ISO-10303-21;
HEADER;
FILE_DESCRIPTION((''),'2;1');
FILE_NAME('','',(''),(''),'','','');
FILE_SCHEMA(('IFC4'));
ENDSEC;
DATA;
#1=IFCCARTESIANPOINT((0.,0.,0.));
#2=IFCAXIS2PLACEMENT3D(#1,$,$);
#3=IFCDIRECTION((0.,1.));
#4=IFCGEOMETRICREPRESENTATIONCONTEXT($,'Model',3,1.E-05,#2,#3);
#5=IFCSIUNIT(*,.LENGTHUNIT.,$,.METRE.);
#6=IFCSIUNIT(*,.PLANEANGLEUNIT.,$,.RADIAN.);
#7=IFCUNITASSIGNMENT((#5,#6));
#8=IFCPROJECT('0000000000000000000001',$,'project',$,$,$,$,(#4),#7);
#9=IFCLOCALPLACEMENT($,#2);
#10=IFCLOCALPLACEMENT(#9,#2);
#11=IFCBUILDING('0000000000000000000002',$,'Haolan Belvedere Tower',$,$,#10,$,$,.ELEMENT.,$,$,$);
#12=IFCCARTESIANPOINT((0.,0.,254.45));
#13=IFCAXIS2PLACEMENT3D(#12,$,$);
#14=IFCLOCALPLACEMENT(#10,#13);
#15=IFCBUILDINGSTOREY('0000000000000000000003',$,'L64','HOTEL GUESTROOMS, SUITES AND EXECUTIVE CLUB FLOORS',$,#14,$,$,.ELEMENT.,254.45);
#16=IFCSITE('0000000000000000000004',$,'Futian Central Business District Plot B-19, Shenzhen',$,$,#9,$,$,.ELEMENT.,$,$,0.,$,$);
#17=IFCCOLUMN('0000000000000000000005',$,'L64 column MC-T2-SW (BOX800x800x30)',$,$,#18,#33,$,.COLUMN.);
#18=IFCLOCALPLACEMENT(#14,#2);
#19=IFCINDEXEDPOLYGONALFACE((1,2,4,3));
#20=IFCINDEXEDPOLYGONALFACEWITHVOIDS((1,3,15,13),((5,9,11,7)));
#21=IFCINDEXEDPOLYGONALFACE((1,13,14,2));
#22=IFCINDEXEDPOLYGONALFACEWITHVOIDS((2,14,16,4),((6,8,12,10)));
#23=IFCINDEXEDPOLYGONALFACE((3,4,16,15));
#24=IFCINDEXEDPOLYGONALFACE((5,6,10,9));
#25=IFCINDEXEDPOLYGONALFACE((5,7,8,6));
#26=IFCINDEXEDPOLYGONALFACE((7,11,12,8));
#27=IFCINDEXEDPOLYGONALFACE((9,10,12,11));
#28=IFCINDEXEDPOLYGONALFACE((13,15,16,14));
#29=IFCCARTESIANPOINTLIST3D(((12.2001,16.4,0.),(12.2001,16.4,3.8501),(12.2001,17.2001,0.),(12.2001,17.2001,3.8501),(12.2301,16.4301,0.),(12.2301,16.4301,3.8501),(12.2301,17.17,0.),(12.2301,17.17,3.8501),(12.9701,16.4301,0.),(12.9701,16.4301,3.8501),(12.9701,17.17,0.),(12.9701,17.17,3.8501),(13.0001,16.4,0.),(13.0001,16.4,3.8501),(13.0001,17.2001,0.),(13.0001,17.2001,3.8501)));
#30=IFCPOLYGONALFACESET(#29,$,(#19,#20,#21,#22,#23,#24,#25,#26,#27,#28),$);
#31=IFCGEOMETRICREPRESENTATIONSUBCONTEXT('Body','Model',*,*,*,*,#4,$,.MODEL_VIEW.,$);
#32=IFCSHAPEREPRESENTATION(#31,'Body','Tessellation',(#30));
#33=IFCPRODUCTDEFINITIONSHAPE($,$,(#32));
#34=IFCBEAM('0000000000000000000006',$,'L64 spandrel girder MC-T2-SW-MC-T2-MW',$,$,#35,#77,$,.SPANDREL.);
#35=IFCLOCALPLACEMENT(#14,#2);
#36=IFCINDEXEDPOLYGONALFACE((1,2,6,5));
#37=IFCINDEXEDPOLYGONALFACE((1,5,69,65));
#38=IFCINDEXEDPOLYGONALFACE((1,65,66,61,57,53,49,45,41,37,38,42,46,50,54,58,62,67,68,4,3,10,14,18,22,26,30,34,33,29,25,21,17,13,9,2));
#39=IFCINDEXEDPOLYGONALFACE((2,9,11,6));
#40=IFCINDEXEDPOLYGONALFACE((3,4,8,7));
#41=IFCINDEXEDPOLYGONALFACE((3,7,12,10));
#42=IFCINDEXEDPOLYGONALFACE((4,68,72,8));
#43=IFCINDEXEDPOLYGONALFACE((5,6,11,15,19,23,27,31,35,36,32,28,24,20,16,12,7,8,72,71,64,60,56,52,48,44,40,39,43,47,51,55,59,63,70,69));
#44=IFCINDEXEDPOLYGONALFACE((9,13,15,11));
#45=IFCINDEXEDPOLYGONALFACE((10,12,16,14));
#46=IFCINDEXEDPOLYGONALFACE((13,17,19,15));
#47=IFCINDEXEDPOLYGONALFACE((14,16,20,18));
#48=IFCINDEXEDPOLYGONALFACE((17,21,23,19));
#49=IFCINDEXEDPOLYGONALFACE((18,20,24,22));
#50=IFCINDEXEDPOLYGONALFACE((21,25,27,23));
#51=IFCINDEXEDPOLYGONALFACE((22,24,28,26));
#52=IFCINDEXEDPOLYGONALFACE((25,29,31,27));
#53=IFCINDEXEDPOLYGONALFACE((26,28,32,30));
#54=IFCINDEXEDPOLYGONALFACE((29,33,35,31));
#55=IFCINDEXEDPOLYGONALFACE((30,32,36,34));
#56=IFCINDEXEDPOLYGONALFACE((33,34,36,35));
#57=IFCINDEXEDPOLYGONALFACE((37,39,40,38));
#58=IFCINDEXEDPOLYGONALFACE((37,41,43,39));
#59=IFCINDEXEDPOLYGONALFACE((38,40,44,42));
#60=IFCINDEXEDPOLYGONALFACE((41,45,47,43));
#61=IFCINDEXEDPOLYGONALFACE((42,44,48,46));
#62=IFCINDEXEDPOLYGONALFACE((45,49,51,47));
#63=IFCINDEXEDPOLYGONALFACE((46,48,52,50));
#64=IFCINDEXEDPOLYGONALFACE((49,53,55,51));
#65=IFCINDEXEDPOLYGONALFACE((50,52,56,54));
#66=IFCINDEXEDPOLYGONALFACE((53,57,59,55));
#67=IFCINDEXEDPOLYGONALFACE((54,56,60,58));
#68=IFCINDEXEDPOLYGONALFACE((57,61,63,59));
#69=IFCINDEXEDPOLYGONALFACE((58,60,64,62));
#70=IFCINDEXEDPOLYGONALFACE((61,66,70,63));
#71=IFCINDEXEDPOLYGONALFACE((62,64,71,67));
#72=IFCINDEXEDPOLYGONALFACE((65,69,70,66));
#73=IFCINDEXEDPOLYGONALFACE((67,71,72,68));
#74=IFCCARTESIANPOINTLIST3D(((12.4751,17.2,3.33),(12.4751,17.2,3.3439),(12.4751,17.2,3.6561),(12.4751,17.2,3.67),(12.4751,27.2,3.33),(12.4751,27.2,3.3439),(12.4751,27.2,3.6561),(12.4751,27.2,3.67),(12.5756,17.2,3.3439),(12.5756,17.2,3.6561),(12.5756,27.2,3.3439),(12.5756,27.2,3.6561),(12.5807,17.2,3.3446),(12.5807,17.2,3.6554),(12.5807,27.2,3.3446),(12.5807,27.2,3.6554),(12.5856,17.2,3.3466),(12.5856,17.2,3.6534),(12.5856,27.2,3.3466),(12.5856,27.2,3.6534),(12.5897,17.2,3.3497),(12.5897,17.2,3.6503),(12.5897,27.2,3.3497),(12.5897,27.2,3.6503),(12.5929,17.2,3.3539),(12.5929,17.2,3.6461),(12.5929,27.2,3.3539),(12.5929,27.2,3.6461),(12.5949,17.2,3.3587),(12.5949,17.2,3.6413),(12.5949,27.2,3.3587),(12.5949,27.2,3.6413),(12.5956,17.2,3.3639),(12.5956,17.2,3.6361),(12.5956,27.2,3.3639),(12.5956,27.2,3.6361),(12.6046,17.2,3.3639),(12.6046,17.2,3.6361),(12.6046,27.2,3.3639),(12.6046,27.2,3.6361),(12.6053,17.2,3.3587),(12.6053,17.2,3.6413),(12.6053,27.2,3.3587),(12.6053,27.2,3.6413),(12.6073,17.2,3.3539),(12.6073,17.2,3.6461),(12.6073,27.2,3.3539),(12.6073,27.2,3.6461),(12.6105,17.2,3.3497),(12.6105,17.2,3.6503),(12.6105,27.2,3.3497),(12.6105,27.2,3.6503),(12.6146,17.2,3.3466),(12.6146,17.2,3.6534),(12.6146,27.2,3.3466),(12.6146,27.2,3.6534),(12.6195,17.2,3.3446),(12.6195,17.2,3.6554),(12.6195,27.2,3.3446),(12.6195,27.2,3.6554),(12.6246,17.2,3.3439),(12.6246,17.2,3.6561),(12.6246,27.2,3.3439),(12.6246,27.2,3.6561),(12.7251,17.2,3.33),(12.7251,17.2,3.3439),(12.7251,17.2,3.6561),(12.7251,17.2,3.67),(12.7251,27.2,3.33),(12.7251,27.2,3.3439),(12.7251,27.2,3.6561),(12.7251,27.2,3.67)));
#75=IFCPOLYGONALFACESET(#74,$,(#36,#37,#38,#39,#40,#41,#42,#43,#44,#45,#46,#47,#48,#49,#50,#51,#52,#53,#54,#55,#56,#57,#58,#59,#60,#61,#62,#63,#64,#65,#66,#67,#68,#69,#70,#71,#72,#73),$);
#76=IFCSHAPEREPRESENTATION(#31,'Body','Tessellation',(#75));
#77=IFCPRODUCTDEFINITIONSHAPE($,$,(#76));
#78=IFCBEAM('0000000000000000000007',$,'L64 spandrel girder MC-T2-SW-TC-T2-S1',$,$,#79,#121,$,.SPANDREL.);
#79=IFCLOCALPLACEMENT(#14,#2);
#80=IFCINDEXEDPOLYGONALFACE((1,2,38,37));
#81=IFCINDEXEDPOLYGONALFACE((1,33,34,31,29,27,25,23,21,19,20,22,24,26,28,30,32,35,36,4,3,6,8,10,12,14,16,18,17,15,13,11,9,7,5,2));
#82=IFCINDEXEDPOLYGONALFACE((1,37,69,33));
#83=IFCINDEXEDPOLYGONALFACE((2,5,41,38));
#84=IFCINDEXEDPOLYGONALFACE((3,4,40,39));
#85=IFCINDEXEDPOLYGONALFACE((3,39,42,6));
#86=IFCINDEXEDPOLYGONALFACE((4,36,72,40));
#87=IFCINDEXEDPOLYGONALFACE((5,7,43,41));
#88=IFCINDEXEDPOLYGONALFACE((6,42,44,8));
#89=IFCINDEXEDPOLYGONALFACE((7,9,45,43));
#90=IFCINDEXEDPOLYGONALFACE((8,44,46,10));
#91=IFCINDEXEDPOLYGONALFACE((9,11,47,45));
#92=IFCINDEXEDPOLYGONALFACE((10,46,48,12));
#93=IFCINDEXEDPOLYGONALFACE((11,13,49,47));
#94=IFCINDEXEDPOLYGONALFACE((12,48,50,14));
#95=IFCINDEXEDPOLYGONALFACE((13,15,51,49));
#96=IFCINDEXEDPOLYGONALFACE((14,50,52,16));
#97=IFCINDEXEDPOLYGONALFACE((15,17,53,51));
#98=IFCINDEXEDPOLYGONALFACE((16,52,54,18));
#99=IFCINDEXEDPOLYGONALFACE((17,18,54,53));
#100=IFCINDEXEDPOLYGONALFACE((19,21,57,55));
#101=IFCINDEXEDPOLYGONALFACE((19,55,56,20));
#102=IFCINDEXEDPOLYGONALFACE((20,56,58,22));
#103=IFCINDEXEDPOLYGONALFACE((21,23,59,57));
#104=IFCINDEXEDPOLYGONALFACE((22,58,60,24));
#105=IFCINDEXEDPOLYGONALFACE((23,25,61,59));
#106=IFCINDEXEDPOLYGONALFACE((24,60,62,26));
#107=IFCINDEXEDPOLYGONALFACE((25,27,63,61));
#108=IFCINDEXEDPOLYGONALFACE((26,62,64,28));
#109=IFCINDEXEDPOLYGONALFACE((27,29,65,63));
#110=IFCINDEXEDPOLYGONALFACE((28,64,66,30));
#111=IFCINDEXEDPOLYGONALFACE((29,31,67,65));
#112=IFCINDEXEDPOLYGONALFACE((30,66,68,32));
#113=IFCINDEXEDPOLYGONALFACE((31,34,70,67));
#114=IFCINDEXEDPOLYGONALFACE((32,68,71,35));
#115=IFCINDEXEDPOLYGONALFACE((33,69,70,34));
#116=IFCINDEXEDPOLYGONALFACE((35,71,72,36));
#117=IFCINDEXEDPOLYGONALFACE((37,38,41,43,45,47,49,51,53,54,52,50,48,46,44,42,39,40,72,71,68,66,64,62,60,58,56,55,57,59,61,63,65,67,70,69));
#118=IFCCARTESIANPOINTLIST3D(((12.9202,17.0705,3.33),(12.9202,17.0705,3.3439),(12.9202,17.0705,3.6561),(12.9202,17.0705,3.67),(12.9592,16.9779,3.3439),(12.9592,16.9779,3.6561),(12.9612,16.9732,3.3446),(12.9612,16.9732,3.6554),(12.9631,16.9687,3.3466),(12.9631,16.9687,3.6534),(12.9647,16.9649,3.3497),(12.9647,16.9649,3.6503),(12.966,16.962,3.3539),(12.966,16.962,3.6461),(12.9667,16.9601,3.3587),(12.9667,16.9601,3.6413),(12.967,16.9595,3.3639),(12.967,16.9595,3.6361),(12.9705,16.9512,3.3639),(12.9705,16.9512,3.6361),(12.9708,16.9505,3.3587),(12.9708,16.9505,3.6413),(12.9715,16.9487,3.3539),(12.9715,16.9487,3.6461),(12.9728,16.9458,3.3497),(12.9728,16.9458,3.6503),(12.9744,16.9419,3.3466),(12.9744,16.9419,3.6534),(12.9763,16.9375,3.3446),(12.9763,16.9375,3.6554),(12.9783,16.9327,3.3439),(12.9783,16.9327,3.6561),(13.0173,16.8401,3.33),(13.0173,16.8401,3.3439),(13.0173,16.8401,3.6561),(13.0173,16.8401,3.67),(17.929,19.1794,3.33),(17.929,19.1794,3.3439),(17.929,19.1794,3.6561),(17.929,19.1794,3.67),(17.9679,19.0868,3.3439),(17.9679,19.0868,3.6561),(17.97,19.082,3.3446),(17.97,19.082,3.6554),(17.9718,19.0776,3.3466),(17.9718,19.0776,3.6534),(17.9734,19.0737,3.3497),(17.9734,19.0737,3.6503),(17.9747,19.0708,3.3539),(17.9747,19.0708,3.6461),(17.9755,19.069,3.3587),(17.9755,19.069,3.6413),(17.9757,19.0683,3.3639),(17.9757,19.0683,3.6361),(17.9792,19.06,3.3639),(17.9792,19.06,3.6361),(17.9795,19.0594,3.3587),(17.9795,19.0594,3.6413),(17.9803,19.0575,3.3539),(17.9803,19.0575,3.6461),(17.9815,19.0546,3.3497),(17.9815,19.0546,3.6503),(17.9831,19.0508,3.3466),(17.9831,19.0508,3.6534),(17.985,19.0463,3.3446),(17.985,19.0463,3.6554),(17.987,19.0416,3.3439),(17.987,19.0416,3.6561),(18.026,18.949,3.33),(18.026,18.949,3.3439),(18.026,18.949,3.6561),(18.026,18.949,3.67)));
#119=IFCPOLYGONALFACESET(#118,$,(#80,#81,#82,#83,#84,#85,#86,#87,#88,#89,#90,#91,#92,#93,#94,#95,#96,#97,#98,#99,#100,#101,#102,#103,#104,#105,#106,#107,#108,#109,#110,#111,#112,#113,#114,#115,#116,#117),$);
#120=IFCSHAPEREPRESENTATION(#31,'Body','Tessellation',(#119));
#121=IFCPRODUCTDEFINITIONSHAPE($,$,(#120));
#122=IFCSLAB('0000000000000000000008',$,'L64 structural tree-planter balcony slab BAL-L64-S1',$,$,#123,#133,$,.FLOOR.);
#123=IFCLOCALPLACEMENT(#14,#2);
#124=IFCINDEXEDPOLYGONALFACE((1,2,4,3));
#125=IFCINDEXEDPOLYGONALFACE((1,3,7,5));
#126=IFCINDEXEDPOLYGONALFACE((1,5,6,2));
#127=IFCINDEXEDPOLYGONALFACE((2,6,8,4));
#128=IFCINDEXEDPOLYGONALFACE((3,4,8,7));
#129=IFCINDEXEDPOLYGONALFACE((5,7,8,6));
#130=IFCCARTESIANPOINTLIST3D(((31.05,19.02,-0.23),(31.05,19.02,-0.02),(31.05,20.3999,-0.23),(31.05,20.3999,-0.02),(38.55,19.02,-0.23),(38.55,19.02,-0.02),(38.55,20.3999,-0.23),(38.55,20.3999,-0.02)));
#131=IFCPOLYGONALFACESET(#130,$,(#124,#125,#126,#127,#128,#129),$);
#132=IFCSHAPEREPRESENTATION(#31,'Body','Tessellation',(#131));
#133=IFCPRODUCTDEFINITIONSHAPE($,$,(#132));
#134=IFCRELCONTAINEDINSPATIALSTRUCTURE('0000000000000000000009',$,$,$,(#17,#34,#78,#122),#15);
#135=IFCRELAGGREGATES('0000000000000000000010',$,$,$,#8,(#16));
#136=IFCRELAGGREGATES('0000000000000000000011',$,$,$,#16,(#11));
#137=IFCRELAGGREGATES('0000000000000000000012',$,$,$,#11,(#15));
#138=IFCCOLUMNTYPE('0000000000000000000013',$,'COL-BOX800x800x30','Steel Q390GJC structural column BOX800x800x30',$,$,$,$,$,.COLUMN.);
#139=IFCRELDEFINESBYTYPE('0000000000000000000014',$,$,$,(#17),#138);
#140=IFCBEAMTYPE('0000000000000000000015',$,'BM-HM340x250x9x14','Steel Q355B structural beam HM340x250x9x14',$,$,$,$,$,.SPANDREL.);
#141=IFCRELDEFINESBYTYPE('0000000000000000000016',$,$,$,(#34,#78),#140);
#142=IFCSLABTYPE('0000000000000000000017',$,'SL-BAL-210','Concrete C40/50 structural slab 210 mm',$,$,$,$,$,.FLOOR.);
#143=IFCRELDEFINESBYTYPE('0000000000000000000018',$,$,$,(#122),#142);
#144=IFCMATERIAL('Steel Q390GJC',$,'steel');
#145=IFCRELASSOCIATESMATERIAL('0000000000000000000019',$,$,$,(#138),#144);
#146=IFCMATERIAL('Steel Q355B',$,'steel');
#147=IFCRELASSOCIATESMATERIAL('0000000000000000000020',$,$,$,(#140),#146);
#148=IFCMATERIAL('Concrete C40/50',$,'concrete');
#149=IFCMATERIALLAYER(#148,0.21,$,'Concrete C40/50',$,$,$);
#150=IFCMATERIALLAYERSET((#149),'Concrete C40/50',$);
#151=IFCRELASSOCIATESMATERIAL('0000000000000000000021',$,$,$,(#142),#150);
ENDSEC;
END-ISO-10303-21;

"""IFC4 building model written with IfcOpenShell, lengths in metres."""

from ifc_helpers import new_model, si_unit, direction, frame, origin, origin_2d, place, context, subcontext, project, spatial, polyline, hollow_rectangle, i_section, outline, extrude, material, layer, layer_set, material_profile, profile_set, type_object, element, save


model = new_model("IFC4")

# Units and contexts
model_context = context("Model", 3, precision=1e-05, world=origin(), true_north=direction((0.0, 1.0)))
body_context = subcontext(model_context, "Body", "Model", "MODEL_VIEW")
ifc_project = project(units=[si_unit("LENGTHUNIT", "METRE"), si_unit("PLANEANGLEUNIT", "RADIAN")], contexts=[model_context])

# Site, building, storey
site_placement = place(None, origin())
site = spatial("IfcSite", under=ifc_project, at=site_placement, Name="Futian Central Business District Plot B-19, Shenzhen", CompositionType="ELEMENT", RefElevation=0.0)
building_placement = place(site_placement, origin())
building = spatial("IfcBuilding", under=site, at=building_placement, Name="Haolan Belvedere Tower", CompositionType="ELEMENT")
storey_placement = place(building_placement, frame((0.0, 0.0, 254.45)))
storey = spatial("IfcBuildingStorey", under=building, at=storey_placement, Name="L64", Description="HOTEL GUESTROOMS, SUITES AND EXECUTIVE CLUB FLOORS", CompositionType="ELEMENT", Elevation=254.45)

# Column
ifc_material_1 = material(Name="Steel Q390GJC", Category="steel")
ifc_material_profile_1 = material_profile(ifc_material_1, hollow_rectangle(XDim=0.8, YDim=0.8, WallThickness=0.03, at=origin_2d()), Name="Steel Q390GJC")
ifc_profile_set_1 = profile_set([ifc_material_profile_1], Name="Steel Q390GJC")
column_type = type_object("IfcColumnType", Name="COL-BOX800x800x30", Description="Steel Q390GJC structural column BOX800x800x30", PredefinedType="COLUMN", material=ifc_profile_set_1)
column_placement = place(storey_placement, frame((12.6001, 16.8, 0.0), z_axis=(0.0, 0.0, 1.0), x_axis=(1.0, 0.0, 0.0)))
element("IfcColumn", 1, at=column_placement, inside=storey, type_object=column_type, Name="L64 column MC-T2-SW (BOX800x800x30)", PredefinedType="COLUMN", context=body_context, shape_type="SweptSolid", body=[
    extrude(hollow_rectangle(XDim=0.8, YDim=0.8, WallThickness=0.03, at=origin_2d()), origin(), (0.0, 0.0, 1.0), 3.8501),
])

# Beams
ifc_material_2 = material(Name="Steel Q355B", Category="steel")
ifc_material_profile_2 = material_profile(ifc_material_2, i_section(OverallWidth=0.25, OverallDepth=0.3401, WebThickness=0.009, FlangeThickness=0.0139, FilletRadius=0.02, at=origin_2d()), Name="Steel Q355B")
ifc_profile_set_2 = profile_set([ifc_material_profile_2], Name="Steel Q355B")
beam_type = type_object("IfcBeamType", Name="BM-HM340x250x9x14", Description="Steel Q355B structural beam HM340x250x9x14", PredefinedType="SPANDREL", material=ifc_profile_set_2)
beam_1_placement = place(storey_placement, frame((12.6001, 17.2, 3.5), z_axis=(0.0, 1.0, 0.0), x_axis=(-1.0, 0.0, 0.0)))
element("IfcBeam", 2, at=beam_1_placement, inside=storey, type_object=beam_type, Name="L64 spandrel girder MC-T2-SW-MC-T2-MW", PredefinedType="SPANDREL", context=body_context, shape_type="SweptSolid", body=[
    extrude(i_section(OverallWidth=0.25, OverallDepth=0.3401, WebThickness=0.009, FlangeThickness=0.0139, FilletRadius=0.02, at=origin_2d()), origin(), (0.0, 0.0, 1.0), 10.0),
])
beam_2_placement = place(storey_placement, frame((12.9688, 16.9553, 3.5), z_axis=(0.92164, 0.388045, 0.0), x_axis=(-0.388045, 0.92164, 0.0)))
element("IfcBeam", 3, at=beam_2_placement, inside=storey, type_object=beam_type, Name="L64 spandrel girder MC-T2-SW-TC-T2-S1", PredefinedType="SPANDREL", context=body_context, shape_type="SweptSolid", body=[
    extrude(i_section(OverallWidth=0.25, OverallDepth=0.3401, WebThickness=0.009, FlangeThickness=0.0139, FilletRadius=0.02, at=origin_2d()), origin(), (0.0, 0.0, 1.0), 5.4346),
])

# Slab
ifc_material_3 = material(Name="Concrete C40/50", Category="concrete")
ifc_layer_1 = layer(ifc_material_3, 0.21, Name="Concrete C40/50")
ifc_layer_set_1 = layer_set([ifc_layer_1], Name="Concrete C40/50")
slab_type_1 = type_object("IfcSlabType", Name="SL-BAL-210", Description="Concrete C40/50 structural slab 210 mm", PredefinedType="FLOOR", material=ifc_layer_set_1)
slab_1_placement = place(storey_placement, frame((0.0, 0.0, -0.23)))
element("IfcSlab", 4, at=slab_1_placement, inside=storey, type_object=slab_type_1, Name="L64 structural tree-planter balcony slab BAL-L64-S1", PredefinedType="FLOOR", context=body_context, shape_type="SweptSolid", body=[
    extrude(outline(polyline([(31.05, 19.02), (38.55, 19.02), (38.55, 20.3999), (31.05, 20.3999), (31.05, 19.02)])), origin(), (0.0, 0.0, 1.0), 0.21),
])

save(model, "model.ifc")
